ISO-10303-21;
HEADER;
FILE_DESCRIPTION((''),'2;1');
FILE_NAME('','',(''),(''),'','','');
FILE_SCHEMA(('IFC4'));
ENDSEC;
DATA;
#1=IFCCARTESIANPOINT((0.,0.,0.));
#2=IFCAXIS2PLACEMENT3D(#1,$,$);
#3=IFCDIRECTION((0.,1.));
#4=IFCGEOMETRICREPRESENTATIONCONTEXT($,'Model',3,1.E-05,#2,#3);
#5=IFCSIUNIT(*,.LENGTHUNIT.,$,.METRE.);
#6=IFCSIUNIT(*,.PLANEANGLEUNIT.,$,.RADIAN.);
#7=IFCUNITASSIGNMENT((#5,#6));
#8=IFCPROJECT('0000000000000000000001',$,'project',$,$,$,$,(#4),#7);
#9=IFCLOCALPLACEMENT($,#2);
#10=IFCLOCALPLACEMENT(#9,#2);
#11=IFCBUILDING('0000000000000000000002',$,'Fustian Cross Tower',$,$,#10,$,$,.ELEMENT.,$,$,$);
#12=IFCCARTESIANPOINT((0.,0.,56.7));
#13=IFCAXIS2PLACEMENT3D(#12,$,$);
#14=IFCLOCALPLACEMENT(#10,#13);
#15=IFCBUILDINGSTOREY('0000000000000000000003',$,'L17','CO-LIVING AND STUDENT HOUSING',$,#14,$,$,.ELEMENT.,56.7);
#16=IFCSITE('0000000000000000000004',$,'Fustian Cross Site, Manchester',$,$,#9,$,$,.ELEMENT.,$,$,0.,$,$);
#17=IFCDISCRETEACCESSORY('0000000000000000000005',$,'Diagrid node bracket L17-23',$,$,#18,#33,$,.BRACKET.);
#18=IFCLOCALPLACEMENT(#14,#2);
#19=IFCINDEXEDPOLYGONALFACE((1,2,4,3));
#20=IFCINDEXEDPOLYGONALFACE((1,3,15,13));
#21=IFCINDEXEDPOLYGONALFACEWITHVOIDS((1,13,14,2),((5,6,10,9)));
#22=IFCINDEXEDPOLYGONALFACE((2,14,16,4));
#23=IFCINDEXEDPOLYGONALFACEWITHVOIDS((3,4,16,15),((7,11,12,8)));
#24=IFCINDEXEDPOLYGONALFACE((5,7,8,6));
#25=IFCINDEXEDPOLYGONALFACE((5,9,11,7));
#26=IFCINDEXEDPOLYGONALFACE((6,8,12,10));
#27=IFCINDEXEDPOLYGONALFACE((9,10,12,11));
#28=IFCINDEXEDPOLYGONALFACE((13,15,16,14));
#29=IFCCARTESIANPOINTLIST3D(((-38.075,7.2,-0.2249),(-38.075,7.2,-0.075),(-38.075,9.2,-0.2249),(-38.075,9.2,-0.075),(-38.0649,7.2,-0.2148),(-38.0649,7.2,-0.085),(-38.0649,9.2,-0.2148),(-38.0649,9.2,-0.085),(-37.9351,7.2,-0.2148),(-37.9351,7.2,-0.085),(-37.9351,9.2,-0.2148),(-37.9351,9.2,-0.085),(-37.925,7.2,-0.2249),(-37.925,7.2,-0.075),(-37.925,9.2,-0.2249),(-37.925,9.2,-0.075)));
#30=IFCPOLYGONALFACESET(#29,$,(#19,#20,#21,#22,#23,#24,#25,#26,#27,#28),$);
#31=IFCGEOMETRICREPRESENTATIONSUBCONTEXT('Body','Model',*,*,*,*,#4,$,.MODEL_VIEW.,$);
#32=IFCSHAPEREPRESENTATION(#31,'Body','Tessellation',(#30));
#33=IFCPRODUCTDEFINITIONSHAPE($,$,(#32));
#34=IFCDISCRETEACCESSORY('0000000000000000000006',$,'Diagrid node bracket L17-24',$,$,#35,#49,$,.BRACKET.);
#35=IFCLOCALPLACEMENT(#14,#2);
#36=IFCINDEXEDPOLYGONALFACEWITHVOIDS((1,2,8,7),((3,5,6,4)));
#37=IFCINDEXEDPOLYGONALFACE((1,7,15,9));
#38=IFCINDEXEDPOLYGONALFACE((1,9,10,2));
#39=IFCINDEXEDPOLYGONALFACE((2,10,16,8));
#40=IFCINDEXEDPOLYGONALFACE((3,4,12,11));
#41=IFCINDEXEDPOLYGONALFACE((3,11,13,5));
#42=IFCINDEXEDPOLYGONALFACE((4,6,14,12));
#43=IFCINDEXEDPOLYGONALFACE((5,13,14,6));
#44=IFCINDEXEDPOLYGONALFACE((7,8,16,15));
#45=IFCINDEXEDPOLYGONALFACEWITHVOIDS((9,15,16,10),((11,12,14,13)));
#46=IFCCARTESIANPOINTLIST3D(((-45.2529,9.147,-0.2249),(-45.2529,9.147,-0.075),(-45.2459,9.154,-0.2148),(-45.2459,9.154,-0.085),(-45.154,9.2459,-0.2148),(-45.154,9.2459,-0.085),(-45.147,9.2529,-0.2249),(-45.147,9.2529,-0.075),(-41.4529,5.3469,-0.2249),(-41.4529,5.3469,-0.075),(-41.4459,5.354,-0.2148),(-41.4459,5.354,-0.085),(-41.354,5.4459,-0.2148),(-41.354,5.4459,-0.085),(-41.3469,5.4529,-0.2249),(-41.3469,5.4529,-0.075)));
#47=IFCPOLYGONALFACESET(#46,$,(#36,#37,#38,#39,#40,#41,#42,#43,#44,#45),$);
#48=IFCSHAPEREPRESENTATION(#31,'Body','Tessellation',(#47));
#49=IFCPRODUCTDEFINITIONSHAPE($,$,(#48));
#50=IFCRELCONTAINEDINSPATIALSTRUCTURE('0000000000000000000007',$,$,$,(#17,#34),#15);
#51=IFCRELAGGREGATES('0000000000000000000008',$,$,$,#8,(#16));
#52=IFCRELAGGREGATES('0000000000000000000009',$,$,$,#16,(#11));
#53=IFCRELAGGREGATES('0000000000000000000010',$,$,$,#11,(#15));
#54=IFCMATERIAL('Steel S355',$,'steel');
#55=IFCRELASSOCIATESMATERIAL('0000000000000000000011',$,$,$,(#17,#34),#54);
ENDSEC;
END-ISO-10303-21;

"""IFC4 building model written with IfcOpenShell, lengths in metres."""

from ifc_helpers import new_model, si_unit, direction, frame, origin, origin_2d, place, context, subcontext, project, spatial, hollow_rectangle, extrude, material, element, save


model = new_model("IFC4")

# Units and contexts
model_context = context("Model", 3, precision=1e-05, world=origin(), true_north=direction((0.0, 1.0)))
body_context = subcontext(model_context, "Body", "Model", "MODEL_VIEW")
ifc_project = project(units=[si_unit("LENGTHUNIT", "METRE"), si_unit("PLANEANGLEUNIT", "RADIAN")], contexts=[model_context])

# Site, building, storey
site_placement = place(None, origin())
site = spatial("IfcSite", under=ifc_project, at=site_placement, Name="Fustian Cross Site, Manchester", CompositionType="ELEMENT", RefElevation=0.0)
building_placement = place(site_placement, origin())
building = spatial("IfcBuilding", under=site, at=building_placement, Name="Fustian Cross Tower", CompositionType="ELEMENT")
storey_placement = place(building_placement, frame((0.0, 0.0, 56.7)))
storey = spatial("IfcBuildingStorey", under=building, at=storey_placement, Name="L17", Description="CO-LIVING AND STUDENT HOUSING", CompositionType="ELEMENT", Elevation=56.7)

# Discrete accessories
ifc_material_1 = material(Name="Steel S355", Category="steel")
for number, where, z_axis, x_axis, name in (
    (1, (-38.0, 9.2, -0.1499), (0.0, -1.0, 0.0), (1.0, 0.0, 0.0), "Diagrid node bracket L17-23"),
):
    element("IfcDiscreteAccessory", number, at=place(storey_placement, frame(where, z_axis=z_axis, x_axis=x_axis)), inside=storey, material=ifc_material_1, Name=name, PredefinedType="BRACKET", context=body_context, shape_type="SweptSolid", body=[
        extrude(hollow_rectangle(XDim=0.1499, YDim=0.1499, WallThickness=0.01, at=origin_2d()), origin(), (0.0, 0.0, 1.0), 2.0),
    ])
discrete_accessory_placement = place(storey_placement, frame((-45.2, 9.2, -0.1499), z_axis=(0.707107, -0.707107, 0.0), x_axis=(0.707107, 0.707107, 0.0)))
element("IfcDiscreteAccessory", 2, at=discrete_accessory_placement, inside=storey, material=ifc_material_1, Name="Diagrid node bracket L17-24", PredefinedType="BRACKET", context=body_context, shape_type="SweptSolid", body=[
    extrude(hollow_rectangle(XDim=0.1499, YDim=0.1499, WallThickness=0.01, at=origin_2d()), origin(), (0.0, 0.0, 1.0), 5.374),
])

save(model, "model.ifc")
